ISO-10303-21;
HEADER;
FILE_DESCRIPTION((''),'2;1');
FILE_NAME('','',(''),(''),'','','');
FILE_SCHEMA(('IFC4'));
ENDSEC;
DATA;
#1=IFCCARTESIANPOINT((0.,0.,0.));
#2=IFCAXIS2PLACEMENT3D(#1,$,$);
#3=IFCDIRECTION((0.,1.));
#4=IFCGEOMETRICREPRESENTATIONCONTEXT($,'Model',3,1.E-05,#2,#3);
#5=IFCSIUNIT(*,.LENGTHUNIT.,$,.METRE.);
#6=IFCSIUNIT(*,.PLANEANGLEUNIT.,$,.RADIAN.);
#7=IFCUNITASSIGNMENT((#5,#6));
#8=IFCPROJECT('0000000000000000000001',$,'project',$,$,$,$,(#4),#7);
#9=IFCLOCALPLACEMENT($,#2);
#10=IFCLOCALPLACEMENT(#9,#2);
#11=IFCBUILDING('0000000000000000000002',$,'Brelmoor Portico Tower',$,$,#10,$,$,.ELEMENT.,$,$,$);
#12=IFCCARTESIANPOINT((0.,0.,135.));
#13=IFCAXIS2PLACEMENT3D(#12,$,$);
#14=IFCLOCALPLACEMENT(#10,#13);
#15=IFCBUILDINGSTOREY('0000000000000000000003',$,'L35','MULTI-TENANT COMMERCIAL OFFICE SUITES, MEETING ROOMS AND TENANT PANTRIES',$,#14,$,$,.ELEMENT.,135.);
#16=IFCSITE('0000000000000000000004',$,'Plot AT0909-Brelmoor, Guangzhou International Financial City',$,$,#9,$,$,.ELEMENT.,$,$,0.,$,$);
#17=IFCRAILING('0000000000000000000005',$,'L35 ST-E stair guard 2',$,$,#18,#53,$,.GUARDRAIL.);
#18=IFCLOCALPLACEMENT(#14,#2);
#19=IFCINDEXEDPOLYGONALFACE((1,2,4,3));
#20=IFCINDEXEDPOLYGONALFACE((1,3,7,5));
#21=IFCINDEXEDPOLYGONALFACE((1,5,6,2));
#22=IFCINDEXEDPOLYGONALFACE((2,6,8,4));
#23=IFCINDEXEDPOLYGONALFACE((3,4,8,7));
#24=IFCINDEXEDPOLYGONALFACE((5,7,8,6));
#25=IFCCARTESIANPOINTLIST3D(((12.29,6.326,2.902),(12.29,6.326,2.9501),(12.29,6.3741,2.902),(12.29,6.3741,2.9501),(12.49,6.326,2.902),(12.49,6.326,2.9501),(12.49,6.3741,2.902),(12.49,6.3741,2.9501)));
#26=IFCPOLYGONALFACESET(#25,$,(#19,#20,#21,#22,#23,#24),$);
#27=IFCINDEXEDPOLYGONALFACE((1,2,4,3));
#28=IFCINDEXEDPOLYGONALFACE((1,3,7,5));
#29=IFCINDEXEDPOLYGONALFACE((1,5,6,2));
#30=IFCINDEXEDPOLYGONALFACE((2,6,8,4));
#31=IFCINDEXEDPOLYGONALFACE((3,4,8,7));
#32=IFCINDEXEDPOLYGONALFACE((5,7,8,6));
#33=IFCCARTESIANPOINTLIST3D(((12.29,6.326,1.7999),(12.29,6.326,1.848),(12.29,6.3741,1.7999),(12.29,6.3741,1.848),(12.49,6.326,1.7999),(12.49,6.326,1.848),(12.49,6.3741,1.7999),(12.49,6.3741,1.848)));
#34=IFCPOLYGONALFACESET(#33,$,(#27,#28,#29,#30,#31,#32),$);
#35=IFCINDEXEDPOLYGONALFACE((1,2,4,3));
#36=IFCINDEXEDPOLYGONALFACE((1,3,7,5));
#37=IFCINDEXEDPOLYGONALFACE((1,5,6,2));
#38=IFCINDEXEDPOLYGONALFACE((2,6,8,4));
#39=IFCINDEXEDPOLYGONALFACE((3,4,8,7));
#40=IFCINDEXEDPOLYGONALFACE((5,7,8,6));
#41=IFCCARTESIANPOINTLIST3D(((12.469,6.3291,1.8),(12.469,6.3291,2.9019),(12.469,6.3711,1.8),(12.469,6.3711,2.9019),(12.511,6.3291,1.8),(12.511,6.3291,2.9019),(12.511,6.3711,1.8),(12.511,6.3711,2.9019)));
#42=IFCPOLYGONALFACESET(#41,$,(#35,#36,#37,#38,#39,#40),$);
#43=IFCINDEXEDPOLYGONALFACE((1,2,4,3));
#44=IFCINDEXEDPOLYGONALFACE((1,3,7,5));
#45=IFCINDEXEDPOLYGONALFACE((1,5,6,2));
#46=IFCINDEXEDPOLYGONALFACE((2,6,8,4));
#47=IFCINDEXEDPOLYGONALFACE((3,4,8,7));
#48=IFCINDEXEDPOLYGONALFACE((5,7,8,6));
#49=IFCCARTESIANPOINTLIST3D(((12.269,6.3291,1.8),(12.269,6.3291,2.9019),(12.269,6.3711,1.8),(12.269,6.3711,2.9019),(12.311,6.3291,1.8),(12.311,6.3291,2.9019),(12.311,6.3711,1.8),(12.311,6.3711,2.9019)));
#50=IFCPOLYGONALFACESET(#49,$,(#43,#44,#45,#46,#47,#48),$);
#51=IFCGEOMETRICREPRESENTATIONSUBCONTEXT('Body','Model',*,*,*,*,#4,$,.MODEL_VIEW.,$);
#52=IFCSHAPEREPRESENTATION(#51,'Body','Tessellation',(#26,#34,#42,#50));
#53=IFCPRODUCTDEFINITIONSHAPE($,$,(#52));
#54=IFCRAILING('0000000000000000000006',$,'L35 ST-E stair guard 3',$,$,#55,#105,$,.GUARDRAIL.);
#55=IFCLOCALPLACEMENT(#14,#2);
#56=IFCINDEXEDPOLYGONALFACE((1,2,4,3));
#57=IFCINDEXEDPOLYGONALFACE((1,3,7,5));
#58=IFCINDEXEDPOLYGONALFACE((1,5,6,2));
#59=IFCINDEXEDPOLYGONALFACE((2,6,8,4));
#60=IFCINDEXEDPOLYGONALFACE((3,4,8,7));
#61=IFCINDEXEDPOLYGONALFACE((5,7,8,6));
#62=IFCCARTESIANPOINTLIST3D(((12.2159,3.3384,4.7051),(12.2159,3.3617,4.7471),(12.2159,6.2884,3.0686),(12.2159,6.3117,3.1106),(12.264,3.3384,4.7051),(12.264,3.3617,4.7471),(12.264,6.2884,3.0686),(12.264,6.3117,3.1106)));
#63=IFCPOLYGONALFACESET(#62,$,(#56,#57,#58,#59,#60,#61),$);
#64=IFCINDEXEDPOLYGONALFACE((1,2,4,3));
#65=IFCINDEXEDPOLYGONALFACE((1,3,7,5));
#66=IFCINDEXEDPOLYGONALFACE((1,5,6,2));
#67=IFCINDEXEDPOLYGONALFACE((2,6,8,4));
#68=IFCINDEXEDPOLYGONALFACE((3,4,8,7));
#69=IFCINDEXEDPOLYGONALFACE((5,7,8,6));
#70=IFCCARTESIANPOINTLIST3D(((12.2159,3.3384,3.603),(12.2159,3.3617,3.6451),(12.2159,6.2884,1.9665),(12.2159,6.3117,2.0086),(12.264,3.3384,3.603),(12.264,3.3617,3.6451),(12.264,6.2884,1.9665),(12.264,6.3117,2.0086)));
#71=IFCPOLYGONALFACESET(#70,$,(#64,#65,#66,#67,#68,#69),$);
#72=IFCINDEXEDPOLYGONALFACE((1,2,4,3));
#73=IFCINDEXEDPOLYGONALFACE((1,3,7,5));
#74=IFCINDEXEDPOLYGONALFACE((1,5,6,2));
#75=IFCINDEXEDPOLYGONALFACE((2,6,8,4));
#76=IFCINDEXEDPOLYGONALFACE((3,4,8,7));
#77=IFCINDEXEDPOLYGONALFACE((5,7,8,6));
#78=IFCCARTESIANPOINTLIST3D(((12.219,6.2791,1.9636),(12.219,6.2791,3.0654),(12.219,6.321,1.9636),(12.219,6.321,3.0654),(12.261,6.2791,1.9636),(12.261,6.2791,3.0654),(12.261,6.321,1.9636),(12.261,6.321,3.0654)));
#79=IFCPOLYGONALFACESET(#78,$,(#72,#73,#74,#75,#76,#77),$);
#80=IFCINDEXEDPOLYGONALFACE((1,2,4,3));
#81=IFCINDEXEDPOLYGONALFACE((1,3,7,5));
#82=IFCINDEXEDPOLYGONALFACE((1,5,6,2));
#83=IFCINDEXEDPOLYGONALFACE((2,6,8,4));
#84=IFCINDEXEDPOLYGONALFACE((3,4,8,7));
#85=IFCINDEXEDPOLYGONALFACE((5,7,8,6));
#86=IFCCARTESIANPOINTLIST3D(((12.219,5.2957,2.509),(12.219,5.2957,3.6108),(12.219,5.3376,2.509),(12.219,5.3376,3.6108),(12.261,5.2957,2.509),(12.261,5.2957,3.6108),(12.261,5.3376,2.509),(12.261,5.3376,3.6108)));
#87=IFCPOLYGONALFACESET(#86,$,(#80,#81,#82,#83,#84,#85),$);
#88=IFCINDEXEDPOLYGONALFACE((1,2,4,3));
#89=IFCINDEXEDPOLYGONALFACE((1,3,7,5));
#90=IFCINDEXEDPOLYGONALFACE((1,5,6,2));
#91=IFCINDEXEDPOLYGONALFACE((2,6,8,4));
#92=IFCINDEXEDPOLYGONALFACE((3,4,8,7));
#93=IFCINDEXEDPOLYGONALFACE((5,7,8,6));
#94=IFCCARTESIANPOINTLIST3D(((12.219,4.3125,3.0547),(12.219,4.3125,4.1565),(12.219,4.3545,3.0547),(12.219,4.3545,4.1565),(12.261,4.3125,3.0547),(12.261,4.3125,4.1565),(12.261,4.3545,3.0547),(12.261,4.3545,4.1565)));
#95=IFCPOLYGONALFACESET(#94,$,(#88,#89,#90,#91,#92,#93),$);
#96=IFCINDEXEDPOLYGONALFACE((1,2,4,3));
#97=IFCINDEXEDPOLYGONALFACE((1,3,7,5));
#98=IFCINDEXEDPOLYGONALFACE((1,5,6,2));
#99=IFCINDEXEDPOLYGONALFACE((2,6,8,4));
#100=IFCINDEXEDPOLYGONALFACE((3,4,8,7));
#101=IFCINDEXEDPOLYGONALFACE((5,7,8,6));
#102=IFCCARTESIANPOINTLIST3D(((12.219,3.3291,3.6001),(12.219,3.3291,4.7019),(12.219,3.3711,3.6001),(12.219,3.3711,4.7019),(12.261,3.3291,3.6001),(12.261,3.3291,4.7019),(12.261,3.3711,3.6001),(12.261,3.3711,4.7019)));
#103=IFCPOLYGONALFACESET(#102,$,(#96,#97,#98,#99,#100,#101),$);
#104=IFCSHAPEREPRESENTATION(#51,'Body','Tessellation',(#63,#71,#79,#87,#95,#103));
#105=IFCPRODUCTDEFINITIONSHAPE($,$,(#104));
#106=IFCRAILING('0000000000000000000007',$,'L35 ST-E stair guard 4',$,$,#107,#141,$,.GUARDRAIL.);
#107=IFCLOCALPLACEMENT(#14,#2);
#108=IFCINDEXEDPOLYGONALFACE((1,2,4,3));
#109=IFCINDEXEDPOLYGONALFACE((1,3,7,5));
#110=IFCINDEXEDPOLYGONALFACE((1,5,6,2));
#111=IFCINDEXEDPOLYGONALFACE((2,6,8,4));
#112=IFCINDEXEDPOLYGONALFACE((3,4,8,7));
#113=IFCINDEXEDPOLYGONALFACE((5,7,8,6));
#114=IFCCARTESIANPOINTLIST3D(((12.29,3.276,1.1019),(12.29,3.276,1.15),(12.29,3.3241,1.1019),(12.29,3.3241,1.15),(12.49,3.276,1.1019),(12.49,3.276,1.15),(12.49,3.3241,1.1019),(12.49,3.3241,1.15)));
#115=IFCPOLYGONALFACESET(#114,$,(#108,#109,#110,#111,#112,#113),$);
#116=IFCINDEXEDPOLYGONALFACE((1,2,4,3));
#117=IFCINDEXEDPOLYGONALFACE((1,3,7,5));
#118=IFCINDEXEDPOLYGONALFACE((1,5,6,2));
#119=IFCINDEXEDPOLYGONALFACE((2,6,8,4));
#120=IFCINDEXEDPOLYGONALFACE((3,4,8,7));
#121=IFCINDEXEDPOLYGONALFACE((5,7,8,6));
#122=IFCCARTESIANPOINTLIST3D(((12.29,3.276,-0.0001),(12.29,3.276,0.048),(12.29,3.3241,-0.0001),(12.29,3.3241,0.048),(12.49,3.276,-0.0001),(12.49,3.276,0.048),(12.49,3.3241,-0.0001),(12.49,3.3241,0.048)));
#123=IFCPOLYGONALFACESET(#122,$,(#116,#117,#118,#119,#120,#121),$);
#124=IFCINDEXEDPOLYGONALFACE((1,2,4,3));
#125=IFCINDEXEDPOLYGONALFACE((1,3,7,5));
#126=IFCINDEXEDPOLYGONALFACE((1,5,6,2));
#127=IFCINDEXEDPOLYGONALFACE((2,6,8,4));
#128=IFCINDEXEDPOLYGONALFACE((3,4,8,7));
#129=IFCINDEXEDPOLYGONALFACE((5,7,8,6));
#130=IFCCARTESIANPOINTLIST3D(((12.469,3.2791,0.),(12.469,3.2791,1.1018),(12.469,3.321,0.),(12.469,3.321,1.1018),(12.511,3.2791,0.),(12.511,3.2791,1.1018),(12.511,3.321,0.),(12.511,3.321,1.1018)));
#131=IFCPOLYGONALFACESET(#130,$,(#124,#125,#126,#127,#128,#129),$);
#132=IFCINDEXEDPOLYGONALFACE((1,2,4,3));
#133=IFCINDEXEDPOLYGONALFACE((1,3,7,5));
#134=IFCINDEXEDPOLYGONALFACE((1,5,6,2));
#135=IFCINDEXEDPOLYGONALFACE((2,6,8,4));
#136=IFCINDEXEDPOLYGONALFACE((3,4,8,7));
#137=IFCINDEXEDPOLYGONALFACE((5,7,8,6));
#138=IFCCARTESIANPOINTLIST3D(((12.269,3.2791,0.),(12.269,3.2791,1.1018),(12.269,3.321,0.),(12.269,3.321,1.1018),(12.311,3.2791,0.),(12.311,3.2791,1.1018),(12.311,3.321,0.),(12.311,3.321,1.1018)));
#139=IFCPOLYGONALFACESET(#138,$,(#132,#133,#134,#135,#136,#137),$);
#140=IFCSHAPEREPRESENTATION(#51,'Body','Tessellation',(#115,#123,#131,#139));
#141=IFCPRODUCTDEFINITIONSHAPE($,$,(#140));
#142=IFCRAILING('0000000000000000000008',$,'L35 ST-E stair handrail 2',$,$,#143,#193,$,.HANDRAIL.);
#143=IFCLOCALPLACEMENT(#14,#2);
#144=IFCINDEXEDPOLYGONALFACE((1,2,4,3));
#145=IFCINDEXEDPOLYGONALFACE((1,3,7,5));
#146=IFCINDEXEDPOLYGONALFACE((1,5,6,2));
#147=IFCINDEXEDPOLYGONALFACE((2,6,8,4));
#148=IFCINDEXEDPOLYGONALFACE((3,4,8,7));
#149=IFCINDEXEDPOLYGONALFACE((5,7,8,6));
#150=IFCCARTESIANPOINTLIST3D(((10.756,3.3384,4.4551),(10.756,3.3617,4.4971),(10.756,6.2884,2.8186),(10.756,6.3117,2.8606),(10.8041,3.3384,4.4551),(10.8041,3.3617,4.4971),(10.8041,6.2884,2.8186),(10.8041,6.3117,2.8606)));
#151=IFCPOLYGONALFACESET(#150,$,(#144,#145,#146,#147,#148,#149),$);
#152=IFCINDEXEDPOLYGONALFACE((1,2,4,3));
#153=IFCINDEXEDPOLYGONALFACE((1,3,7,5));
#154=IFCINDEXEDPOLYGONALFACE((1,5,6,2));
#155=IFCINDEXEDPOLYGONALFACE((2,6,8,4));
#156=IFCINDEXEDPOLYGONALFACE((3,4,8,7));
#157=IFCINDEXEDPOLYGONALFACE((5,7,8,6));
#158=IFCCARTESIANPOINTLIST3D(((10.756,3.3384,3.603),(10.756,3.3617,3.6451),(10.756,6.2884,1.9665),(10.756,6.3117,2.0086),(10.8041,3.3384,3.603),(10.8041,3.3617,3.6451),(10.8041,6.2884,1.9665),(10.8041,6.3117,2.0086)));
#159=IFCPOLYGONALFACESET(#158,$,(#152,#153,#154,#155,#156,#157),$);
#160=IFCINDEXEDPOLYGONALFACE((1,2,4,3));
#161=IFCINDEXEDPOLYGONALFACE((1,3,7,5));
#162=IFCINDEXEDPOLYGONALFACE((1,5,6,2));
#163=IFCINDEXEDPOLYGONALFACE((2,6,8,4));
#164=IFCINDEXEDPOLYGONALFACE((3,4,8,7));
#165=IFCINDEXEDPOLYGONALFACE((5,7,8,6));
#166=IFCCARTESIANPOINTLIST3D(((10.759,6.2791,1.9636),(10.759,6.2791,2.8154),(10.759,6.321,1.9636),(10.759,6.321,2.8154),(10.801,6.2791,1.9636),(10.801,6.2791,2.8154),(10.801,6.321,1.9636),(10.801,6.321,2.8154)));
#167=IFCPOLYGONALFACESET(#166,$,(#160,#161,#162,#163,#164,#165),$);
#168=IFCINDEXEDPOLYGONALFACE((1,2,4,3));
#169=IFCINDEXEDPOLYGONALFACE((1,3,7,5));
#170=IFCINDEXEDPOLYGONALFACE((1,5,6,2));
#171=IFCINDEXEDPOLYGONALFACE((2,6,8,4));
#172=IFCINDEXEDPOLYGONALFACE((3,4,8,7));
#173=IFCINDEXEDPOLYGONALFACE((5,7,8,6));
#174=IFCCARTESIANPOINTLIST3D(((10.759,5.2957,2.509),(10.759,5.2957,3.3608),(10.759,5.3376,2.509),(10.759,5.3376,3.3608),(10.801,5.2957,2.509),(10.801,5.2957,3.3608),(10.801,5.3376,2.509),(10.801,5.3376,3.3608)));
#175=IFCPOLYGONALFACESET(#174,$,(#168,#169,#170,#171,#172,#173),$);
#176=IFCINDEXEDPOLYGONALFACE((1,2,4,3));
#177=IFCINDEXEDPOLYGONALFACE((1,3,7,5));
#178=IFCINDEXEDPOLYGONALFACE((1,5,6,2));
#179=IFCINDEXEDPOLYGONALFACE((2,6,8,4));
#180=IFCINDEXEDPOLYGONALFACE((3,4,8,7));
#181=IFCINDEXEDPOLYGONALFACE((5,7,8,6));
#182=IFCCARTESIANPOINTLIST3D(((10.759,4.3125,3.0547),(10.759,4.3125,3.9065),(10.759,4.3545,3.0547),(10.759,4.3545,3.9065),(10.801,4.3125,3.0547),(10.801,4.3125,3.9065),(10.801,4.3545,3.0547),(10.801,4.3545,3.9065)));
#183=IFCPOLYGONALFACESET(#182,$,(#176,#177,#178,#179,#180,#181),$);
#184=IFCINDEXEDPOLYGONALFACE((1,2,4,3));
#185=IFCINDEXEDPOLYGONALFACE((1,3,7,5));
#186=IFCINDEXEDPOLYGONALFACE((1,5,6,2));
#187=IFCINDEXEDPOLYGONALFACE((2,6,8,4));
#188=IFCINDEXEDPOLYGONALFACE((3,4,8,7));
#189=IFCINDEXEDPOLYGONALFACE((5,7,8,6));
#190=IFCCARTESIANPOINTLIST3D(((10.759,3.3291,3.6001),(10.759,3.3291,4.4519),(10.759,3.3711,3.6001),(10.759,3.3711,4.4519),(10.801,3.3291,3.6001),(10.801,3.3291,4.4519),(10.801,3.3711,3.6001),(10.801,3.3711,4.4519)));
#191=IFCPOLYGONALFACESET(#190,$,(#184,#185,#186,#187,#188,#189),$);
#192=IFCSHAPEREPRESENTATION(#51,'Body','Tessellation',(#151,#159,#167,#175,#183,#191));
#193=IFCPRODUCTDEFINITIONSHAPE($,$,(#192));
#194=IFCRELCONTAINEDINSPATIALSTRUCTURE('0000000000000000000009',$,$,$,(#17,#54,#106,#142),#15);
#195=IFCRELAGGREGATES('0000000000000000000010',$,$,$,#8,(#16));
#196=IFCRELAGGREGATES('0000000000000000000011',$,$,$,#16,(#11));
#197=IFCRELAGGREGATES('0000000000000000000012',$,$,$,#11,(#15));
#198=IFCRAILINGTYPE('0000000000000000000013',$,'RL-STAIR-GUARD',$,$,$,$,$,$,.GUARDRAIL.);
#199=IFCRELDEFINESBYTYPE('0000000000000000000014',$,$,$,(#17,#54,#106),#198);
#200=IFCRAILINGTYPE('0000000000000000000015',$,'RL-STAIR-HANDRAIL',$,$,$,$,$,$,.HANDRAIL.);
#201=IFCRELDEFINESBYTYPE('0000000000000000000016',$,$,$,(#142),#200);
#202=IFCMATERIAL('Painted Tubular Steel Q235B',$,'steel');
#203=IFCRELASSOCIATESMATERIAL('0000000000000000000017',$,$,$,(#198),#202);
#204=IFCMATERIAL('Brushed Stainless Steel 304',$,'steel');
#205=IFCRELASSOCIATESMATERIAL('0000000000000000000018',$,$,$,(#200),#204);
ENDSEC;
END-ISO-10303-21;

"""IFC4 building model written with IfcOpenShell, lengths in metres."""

from ifc_helpers import new_model, si_unit, direction, frame, origin, origin_2d, place, context, subcontext, project, spatial, rectangle, extrude, material, type_object, element, save


model = new_model("IFC4")

# Units and contexts
model_context = context("Model", 3, precision=1e-05, world=origin(), true_north=direction((0.0, 1.0)))
body_context = subcontext(model_context, "Body", "Model", "MODEL_VIEW")
ifc_project = project(units=[si_unit("LENGTHUNIT", "METRE"), si_unit("PLANEANGLEUNIT", "RADIAN")], contexts=[model_context])

# Site, building, storey
site_placement = place(None, origin())
site = spatial("IfcSite", under=ifc_project, at=site_placement, Name="Plot AT0909-Brelmoor, Guangzhou International Financial City", CompositionType="ELEMENT", RefElevation=0.0)
building_placement = place(site_placement, origin())
building = spatial("IfcBuilding", under=site, at=building_placement, Name="Brelmoor Portico Tower", CompositionType="ELEMENT")
storey_placement = place(building_placement, frame((0.0, 0.0, 135.0)))
storey = spatial("IfcBuildingStorey", under=building, at=storey_placement, Name="L35", Description="MULTI-TENANT COMMERCIAL OFFICE SUITES, MEETING ROOMS AND TENANT PANTRIES", CompositionType="ELEMENT", Elevation=135.0)

# Railings
ifc_material_1 = material(Name="Painted Tubular Steel Q235B", Category="steel")
railing_type_1 = type_object("IfcRailingType", Name="RL-STAIR-GUARD", PredefinedType="GUARDRAIL", material=ifc_material_1)
railing_1_placement = place(storey_placement, frame((12.49, 6.3501, 1.8)))
element("IfcRailing", 1, at=railing_1_placement, inside=storey, type_object=railing_type_1, Name="L35 ST-E stair guard 2", PredefinedType="GUARDRAIL", context=body_context, shape_type="SweptSolid", body=[
    extrude(rectangle(XDim=0.0481, YDim=0.0481, at=origin_2d()), frame((0.0, 0.0, 1.126), z_axis=(-1.0, 0.0, 0.0), x_axis=(0.0, -1.0, 0.0)), (0.0, 0.0, 1.0), 0.2),
    extrude(rectangle(XDim=0.0481, YDim=0.0481, at=origin_2d()), frame((0.0, 0.0, 0.0239), z_axis=(-1.0, 0.0, 0.0), x_axis=(0.0, -1.0, 0.0)), (0.0, 0.0, 1.0), 0.2),
    extrude(rectangle(XDim=0.042, YDim=0.042, at=origin_2d()), origin(), (0.0, 0.0, 1.0), 1.1018),
    extrude(rectangle(XDim=0.042, YDim=0.042, at=origin_2d()), frame((-0.2, 0.0, 0.0)), (0.0, 0.0, 1.0), 1.1018),
])
railing_2_placement = place(storey_placement, frame((12.24, 6.3, 1.9636)))
element("IfcRailing", 2, at=railing_2_placement, inside=storey, type_object=railing_type_1, Name="L35 ST-E stair guard 3", PredefinedType="GUARDRAIL", context=body_context, shape_type="SweptSolid", body=[
    extrude(rectangle(XDim=0.0481, YDim=0.0481, at=origin_2d()), frame((0.0, 0.0, 1.126), z_axis=(0.0, -0.874458, 0.485102), x_axis=(1.0, 0.0, 0.0)), (0.0, 0.0, 1.0), 3.3735),
    extrude(rectangle(XDim=0.0481, YDim=0.0481, at=origin_2d()), frame((0.0, 0.0, 0.0239), z_axis=(0.0, -0.874458, 0.485102), x_axis=(1.0, 0.0, 0.0)), (0.0, 0.0, 1.0), 3.3735),
    extrude(rectangle(XDim=0.042, YDim=0.042, at=origin_2d()), origin(), (0.0, 0.0, 1.0), 1.1018),
    extrude(rectangle(XDim=0.042, YDim=0.042, at=origin_2d()), frame((0.0, -0.9834, 0.5454)), (0.0, 0.0, 1.0), 1.1018),
    extrude(rectangle(XDim=0.042, YDim=0.042, at=origin_2d()), frame((0.0, -1.9666, 1.0911)), (0.0, 0.0, 1.0), 1.1018),
    extrude(rectangle(XDim=0.042, YDim=0.042, at=origin_2d()), frame((0.0, -2.95, 1.6365)), (0.0, 0.0, 1.0), 1.1018),
])
railing_3_placement = place(storey_placement, frame((12.49, 3.3, 0.0)))
element("IfcRailing", 3, at=railing_3_placement, inside=storey, type_object=railing_type_1, Name="L35 ST-E stair guard 4", PredefinedType="GUARDRAIL", context=body_context, shape_type="SweptSolid", body=[
    extrude(rectangle(XDim=0.0481, YDim=0.0481, at=origin_2d()), frame((0.0, 0.0, 1.126), z_axis=(-1.0, 0.0, 0.0), x_axis=(0.0, -1.0, 0.0)), (0.0, 0.0, 1.0), 0.2),
    extrude(rectangle(XDim=0.0481, YDim=0.0481, at=origin_2d()), frame((0.0, 0.0, 0.0239), z_axis=(-1.0, 0.0, 0.0), x_axis=(0.0, -1.0, 0.0)), (0.0, 0.0, 1.0), 0.2),
    extrude(rectangle(XDim=0.042, YDim=0.042, at=origin_2d()), origin(), (0.0, 0.0, 1.0), 1.1018),
    extrude(rectangle(XDim=0.042, YDim=0.042, at=origin_2d()), frame((-0.2, 0.0, 0.0)), (0.0, 0.0, 1.0), 1.1018),
])
ifc_material_2 = material(Name="Brushed Stainless Steel 304", Category="steel")
railing_type_2 = type_object("IfcRailingType", Name="RL-STAIR-HANDRAIL", PredefinedType="HANDRAIL", material=ifc_material_2)
railing_4_placement = place(storey_placement, frame((10.78, 6.3, 1.9636)))
element("IfcRailing", 4, at=railing_4_placement, inside=storey, type_object=railing_type_2, Name="L35 ST-E stair handrail 2", PredefinedType="HANDRAIL", context=body_context, shape_type="SweptSolid", body=[
    extrude(rectangle(XDim=0.0481, YDim=0.0481, at=origin_2d()), frame((0.0, 0.0, 0.876), z_axis=(0.0, -0.874458, 0.485102), x_axis=(1.0, 0.0, 0.0)), (0.0, 0.0, 1.0), 3.3735),
    extrude(rectangle(XDim=0.0481, YDim=0.0481, at=origin_2d()), frame((0.0, 0.0, 0.0239), z_axis=(0.0, -0.874458, 0.485102), x_axis=(1.0, 0.0, 0.0)), (0.0, 0.0, 1.0), 3.3735),
    extrude(rectangle(XDim=0.042, YDim=0.042, at=origin_2d()), origin(), (0.0, 0.0, 1.0), 0.8518),
    extrude(rectangle(XDim=0.042, YDim=0.042, at=origin_2d()), frame((0.0, -0.9834, 0.5454)), (0.0, 0.0, 1.0), 0.8518),
    extrude(rectangle(XDim=0.042, YDim=0.042, at=origin_2d()), frame((0.0, -1.9666, 1.0911)), (0.0, 0.0, 1.0), 0.8518),
    extrude(rectangle(XDim=0.042, YDim=0.042, at=origin_2d()), frame((0.0, -2.95, 1.6365)), (0.0, 0.0, 1.0), 0.8518),
])

save(model, "model.ifc")
